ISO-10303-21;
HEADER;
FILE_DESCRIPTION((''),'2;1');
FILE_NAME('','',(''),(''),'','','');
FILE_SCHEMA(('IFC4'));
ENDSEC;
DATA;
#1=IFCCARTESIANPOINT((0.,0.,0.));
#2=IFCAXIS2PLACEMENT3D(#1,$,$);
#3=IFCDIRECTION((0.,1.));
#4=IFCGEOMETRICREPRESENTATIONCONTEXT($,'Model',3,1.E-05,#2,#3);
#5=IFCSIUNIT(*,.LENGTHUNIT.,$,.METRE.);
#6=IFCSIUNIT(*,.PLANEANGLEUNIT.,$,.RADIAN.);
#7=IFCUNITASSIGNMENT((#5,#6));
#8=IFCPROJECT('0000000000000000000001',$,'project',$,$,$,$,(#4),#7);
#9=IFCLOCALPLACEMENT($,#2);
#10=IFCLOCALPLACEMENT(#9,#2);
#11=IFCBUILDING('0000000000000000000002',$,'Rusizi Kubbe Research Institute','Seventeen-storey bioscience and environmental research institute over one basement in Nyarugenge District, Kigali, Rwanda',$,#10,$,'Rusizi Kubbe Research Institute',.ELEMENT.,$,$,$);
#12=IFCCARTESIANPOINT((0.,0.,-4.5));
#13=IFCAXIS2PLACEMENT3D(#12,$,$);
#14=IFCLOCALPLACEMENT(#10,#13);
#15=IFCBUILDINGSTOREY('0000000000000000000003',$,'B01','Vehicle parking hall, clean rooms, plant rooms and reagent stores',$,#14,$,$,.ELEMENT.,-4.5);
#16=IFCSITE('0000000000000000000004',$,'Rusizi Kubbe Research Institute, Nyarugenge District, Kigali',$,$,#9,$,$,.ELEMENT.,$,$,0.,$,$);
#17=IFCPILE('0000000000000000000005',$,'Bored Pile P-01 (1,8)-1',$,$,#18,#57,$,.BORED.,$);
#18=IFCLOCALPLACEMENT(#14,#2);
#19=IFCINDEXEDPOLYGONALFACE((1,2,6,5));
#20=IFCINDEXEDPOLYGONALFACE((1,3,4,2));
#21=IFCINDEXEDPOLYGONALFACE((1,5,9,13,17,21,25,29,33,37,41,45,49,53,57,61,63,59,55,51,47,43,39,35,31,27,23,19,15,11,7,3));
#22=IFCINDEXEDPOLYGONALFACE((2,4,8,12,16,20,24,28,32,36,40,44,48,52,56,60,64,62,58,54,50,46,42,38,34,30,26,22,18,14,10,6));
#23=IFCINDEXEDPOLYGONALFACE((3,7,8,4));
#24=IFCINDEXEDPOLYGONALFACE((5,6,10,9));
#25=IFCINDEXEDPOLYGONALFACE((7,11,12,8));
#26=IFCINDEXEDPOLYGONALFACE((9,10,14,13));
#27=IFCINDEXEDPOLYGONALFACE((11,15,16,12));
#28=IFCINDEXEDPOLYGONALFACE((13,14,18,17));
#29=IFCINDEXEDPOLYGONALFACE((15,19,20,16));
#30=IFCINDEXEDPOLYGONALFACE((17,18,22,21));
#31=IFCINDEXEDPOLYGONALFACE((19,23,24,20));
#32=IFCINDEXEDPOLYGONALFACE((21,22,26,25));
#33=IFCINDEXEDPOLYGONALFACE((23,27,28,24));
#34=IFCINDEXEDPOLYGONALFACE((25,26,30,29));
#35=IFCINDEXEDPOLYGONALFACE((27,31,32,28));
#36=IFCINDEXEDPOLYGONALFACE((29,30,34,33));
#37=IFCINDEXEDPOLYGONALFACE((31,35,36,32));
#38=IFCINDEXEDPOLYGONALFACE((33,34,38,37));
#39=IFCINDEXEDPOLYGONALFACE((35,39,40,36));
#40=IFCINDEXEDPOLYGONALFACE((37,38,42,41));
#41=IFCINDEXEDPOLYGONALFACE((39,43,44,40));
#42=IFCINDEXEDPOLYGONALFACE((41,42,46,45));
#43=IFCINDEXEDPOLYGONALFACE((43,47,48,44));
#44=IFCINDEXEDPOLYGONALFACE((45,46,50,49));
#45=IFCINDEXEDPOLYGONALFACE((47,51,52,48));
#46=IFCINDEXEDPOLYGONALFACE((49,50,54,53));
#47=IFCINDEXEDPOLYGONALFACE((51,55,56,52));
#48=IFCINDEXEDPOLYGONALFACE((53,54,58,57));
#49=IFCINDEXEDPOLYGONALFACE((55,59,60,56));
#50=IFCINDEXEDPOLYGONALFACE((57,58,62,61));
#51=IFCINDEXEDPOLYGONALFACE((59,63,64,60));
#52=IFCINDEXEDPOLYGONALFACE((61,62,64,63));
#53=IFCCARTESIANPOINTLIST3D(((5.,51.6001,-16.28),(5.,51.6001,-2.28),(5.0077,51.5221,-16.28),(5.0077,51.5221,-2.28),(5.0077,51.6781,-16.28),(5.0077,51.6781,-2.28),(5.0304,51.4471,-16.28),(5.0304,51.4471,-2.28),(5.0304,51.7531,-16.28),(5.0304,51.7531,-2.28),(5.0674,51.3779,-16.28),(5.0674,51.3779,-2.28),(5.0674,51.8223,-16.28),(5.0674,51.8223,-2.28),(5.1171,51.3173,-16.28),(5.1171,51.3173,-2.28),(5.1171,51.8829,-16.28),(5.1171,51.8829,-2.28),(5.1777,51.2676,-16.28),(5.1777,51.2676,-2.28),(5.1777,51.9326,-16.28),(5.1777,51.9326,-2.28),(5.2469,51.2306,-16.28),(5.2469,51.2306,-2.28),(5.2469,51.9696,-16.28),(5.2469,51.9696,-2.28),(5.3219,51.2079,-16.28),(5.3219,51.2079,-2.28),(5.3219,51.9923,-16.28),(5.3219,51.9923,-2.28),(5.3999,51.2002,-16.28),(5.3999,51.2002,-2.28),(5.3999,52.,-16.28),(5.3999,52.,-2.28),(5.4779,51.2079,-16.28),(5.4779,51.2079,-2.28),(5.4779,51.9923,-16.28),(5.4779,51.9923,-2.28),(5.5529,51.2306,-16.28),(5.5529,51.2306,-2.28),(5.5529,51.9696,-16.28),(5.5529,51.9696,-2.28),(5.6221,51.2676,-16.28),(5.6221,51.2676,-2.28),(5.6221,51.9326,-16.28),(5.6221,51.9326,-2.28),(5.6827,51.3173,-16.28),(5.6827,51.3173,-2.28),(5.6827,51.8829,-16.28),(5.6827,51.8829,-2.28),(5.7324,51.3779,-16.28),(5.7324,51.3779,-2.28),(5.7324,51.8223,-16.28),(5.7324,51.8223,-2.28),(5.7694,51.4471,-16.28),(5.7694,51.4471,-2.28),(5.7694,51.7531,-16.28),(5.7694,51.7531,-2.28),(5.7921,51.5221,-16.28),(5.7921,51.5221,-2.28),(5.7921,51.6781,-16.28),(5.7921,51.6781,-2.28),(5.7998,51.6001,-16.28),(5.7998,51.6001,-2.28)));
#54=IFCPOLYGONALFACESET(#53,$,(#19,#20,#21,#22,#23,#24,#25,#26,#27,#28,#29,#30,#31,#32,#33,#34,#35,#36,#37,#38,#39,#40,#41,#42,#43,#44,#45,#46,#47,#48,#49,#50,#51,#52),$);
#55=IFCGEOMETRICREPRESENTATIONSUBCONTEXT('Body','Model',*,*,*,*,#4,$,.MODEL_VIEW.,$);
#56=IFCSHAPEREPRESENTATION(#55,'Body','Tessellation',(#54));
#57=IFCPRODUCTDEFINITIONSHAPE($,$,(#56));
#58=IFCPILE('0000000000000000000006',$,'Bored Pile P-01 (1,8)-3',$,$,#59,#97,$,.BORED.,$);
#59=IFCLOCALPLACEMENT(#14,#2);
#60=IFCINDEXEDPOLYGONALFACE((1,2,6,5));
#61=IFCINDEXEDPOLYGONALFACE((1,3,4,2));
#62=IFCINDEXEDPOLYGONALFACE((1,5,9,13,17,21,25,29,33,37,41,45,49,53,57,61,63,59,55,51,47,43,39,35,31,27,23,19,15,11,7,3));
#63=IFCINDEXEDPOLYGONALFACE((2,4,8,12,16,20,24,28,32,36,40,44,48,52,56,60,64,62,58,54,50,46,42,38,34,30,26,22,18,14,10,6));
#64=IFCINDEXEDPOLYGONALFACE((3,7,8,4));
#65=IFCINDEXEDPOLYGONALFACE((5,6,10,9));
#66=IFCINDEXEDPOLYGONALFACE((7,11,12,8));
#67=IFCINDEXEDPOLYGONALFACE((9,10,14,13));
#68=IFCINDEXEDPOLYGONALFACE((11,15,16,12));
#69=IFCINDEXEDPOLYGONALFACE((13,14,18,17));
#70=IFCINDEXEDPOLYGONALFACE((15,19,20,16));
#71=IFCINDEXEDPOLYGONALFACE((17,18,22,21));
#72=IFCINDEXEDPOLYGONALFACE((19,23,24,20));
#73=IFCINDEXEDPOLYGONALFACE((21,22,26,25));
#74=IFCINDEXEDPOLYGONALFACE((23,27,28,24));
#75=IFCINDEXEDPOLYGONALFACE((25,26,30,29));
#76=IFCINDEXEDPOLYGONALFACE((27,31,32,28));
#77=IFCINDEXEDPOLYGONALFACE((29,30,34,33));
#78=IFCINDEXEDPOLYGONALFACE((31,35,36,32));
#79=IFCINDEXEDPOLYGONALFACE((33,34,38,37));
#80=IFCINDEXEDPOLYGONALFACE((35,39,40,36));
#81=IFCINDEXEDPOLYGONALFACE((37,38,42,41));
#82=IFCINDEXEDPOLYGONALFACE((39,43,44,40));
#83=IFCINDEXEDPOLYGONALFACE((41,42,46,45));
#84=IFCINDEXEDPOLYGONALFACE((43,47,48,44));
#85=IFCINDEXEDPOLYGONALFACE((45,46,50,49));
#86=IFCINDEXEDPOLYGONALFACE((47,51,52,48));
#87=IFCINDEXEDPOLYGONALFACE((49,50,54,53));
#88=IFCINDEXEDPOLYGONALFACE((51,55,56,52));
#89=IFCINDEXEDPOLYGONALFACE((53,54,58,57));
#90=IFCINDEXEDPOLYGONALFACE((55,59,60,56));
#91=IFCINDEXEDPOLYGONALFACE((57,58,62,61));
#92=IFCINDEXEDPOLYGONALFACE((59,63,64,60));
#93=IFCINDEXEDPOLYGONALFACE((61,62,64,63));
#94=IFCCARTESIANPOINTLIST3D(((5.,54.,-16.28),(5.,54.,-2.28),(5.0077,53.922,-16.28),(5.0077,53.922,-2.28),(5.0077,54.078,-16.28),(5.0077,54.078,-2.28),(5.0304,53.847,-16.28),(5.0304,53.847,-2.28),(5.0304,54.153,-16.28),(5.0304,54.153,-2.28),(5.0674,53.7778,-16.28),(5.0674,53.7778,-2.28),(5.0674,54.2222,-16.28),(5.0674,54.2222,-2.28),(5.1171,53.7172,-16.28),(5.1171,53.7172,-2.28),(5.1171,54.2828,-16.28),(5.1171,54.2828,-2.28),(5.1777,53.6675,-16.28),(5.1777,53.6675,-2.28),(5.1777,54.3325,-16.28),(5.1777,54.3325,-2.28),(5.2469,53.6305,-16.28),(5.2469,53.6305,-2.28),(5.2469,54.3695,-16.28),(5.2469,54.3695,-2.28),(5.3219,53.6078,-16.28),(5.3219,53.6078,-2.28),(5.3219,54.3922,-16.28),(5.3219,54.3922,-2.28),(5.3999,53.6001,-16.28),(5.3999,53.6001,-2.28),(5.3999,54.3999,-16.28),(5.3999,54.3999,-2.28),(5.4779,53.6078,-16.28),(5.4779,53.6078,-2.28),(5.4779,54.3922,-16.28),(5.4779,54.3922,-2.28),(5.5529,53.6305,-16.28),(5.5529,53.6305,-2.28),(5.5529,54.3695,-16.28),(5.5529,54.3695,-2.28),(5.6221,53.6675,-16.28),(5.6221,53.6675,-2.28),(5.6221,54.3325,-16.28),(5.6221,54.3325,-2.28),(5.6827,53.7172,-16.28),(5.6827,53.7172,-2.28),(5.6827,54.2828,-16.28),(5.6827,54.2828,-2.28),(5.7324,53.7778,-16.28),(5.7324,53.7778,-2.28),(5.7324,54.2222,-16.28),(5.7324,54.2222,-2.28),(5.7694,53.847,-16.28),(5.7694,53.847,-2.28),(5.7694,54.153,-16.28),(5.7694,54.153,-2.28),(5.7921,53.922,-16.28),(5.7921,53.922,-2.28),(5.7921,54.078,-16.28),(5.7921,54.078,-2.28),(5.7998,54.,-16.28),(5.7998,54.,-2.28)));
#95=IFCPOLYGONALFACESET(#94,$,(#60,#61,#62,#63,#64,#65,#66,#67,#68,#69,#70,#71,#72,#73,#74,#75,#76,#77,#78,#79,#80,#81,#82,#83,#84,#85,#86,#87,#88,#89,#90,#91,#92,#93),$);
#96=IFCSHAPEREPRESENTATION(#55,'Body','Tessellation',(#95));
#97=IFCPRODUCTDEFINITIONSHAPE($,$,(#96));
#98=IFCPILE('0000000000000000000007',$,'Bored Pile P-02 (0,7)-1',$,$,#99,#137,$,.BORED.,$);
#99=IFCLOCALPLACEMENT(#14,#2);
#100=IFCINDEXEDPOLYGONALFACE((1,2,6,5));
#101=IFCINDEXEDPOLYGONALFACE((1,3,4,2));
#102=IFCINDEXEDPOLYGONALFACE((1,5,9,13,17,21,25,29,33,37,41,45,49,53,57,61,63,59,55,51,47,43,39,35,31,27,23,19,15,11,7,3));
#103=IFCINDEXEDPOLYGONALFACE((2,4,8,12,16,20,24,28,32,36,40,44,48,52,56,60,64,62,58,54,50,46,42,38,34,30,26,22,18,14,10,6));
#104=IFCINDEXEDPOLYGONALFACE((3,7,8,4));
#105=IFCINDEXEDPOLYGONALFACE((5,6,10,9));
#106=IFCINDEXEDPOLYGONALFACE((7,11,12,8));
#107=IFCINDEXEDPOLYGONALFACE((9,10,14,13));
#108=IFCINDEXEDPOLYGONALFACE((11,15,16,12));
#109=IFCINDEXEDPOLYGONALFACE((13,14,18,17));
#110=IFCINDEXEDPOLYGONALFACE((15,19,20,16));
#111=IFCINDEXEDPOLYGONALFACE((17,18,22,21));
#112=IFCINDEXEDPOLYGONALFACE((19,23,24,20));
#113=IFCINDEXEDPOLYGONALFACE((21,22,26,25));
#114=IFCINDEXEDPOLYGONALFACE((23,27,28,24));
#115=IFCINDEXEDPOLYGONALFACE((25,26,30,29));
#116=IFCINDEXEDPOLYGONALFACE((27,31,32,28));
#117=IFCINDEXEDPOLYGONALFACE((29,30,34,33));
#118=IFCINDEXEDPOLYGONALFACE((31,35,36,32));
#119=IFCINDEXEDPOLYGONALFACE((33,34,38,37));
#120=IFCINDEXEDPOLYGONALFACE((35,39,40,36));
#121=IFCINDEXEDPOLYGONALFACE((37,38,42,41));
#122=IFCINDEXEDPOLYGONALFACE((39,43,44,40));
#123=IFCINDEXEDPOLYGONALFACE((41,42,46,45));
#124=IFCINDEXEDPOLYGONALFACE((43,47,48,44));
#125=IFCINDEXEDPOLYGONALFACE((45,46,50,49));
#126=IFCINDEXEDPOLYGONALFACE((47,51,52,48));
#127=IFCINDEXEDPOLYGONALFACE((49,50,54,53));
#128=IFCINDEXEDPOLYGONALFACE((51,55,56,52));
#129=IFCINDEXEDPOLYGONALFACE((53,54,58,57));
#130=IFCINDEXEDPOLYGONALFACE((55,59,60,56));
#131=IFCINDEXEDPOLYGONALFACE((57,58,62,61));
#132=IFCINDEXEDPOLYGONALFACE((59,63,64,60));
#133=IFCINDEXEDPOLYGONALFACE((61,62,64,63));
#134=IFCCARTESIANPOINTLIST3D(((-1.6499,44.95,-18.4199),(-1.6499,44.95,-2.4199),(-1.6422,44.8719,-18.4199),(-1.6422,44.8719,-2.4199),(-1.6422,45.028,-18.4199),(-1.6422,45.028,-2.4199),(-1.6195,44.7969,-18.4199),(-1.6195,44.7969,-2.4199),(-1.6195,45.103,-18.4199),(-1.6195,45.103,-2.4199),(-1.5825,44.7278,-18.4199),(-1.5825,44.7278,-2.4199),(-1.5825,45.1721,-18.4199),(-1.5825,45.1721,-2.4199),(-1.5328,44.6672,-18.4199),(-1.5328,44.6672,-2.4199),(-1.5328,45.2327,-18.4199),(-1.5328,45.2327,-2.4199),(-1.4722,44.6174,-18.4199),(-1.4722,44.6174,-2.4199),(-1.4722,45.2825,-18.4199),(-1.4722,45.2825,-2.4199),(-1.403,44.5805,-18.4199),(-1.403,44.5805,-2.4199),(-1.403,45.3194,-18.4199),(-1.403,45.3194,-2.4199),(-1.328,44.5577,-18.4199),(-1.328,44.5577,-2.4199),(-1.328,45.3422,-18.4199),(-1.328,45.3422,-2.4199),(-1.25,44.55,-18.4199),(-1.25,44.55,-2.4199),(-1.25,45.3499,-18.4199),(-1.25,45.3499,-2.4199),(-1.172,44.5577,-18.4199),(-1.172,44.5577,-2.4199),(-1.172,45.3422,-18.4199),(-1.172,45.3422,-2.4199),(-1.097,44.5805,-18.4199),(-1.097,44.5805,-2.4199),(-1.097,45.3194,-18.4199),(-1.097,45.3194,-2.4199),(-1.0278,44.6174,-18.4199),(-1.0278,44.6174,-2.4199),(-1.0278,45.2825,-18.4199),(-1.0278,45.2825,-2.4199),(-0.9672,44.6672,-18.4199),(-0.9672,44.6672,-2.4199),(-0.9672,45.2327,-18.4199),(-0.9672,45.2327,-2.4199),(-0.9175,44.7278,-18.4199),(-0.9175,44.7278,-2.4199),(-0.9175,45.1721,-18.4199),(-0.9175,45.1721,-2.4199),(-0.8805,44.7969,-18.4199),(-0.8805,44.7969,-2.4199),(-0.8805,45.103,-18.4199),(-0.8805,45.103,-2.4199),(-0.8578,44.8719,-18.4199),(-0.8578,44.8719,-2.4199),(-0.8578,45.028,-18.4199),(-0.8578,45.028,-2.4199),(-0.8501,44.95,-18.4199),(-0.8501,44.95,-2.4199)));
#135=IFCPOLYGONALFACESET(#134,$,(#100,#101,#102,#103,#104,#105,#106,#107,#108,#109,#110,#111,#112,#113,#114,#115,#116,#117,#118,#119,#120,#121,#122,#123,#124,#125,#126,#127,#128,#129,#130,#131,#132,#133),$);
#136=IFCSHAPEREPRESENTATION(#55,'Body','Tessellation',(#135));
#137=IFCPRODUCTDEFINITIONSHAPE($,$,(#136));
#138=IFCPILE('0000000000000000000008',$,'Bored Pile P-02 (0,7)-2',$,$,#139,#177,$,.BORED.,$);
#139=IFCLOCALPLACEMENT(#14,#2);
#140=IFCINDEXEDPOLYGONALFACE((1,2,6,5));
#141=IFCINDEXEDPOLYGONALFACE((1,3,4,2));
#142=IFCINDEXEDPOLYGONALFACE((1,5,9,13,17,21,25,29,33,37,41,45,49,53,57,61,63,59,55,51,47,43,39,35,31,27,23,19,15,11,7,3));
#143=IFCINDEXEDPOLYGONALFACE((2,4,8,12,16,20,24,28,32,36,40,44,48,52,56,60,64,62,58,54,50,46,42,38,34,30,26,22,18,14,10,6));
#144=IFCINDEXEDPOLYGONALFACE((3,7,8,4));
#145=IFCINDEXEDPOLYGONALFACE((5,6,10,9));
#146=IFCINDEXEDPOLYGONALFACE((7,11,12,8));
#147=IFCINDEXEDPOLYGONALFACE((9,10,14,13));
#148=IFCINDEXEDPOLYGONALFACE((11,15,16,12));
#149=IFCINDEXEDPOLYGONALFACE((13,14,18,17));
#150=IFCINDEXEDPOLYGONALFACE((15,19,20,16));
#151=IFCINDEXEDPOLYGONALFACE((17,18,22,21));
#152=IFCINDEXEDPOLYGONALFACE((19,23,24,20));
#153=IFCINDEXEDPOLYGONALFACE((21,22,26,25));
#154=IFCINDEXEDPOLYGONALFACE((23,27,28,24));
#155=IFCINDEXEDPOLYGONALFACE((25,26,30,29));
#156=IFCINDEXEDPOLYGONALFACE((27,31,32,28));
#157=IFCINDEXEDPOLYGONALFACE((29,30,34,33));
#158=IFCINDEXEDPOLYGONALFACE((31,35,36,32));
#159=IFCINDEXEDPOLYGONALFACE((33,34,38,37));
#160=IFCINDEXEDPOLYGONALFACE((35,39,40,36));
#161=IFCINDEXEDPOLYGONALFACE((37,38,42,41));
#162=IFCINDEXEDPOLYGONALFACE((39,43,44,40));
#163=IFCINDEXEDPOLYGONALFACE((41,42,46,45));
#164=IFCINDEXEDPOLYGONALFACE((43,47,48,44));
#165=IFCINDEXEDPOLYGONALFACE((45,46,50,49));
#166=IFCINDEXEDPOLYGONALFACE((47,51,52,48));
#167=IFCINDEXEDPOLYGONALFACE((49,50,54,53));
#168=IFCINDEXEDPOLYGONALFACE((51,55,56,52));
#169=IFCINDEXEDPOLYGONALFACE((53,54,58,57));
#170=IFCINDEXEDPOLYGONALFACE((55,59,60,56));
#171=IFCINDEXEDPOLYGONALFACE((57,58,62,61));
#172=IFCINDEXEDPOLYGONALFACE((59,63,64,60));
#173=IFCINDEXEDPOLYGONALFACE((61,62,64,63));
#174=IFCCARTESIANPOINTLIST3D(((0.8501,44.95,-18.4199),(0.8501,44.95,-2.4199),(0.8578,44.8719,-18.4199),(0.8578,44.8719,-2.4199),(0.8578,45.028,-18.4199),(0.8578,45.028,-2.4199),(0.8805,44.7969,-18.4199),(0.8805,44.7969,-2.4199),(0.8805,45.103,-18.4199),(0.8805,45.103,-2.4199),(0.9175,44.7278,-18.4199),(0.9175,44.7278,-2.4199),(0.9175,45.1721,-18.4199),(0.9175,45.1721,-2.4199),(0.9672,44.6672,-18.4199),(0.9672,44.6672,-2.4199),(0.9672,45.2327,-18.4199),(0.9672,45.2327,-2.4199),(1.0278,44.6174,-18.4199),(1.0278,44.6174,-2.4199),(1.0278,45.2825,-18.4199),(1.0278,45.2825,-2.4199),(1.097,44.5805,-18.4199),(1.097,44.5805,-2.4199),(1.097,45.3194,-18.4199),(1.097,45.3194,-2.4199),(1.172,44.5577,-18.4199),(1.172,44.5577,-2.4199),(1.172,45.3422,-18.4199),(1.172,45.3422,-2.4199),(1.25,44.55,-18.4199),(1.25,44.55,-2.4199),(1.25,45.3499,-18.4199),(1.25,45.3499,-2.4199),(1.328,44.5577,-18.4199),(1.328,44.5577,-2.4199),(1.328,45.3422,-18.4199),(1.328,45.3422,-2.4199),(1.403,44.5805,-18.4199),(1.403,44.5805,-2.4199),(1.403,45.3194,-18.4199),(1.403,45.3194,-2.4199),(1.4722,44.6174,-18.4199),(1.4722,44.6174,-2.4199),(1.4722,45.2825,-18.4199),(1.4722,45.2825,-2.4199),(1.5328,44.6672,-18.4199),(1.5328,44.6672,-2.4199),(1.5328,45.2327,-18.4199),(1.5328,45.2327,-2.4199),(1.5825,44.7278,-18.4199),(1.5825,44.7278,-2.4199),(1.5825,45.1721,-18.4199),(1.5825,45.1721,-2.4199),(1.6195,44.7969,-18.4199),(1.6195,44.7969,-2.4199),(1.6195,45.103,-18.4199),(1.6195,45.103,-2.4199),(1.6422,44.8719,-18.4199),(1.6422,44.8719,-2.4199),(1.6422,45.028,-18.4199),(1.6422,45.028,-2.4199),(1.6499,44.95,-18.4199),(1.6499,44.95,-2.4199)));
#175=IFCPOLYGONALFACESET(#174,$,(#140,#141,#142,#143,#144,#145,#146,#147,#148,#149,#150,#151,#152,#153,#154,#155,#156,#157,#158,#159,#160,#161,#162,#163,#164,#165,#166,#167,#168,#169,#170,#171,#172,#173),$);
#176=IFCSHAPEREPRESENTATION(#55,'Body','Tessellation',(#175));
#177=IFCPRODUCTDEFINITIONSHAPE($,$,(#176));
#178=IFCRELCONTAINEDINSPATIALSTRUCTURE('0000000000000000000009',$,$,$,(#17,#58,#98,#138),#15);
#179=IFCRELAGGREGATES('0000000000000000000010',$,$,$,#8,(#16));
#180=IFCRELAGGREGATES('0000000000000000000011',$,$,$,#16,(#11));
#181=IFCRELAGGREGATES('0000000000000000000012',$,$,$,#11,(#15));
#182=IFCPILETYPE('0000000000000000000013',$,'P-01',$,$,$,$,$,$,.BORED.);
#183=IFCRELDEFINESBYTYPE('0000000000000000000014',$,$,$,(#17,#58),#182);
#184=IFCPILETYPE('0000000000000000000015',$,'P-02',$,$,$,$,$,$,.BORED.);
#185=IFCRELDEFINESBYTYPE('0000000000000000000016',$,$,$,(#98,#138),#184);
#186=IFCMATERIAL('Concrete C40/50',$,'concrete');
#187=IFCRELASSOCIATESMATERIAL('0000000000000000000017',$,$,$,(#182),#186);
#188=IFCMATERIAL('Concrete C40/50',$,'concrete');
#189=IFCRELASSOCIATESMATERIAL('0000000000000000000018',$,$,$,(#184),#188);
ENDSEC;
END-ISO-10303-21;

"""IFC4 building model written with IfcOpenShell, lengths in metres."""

from ifc_helpers import new_model, si_unit, direction, frame, origin, origin_2d, place, context, subcontext, project, spatial, circle, extrude, material, material_profile, profile_set, type_object, element, save


model = new_model("IFC4")

# Units and contexts
model_context = context("Model", 3, precision=1e-05, world=origin(), true_north=direction((0.0, 1.0)))
body_context = subcontext(model_context, "Body", "Model", "MODEL_VIEW")
ifc_project = project(units=[si_unit("LENGTHUNIT", "METRE"), si_unit("PLANEANGLEUNIT", "RADIAN")], contexts=[model_context])

# Site, building, storey
site_placement = place(None, origin())
site = spatial("IfcSite", under=ifc_project, at=site_placement, Name="Rusizi Kubbe Research Institute, Nyarugenge District, Kigali", CompositionType="ELEMENT", RefElevation=0.0)
building_placement = place(site_placement, origin())
building = spatial("IfcBuilding", under=site, at=building_placement, Name="Rusizi Kubbe Research Institute", Description="Seventeen-storey bioscience and environmental research institute over one basement in Nyarugenge District, Kigali, Rwanda", LongName="Rusizi Kubbe Research Institute", CompositionType="ELEMENT")
storey_placement = place(building_placement, frame((0.0, 0.0, -4.5)))
storey = spatial("IfcBuildingStorey", under=building, at=storey_placement, Name="B01", Description="Vehicle parking hall, clean rooms, plant rooms and reagent stores", CompositionType="ELEMENT", Elevation=-4.5)

# Piles
ifc_material_1 = material(Name="Concrete C40/50", Category="concrete")
ifc_material_profile_1 = material_profile(ifc_material_1, circle(Radius=0.3999, at=origin_2d()), Name="PILE-D800")
ifc_profile_set_1 = profile_set([ifc_material_profile_1], Name="Concrete C40/50")
pile_type_1 = type_object("IfcPileType", Name="P-01", PredefinedType="BORED", material=ifc_profile_set_1)
for number, where, z_axis, x_axis, name in (
    (1, (5.3999, 51.6001, -2.28), (0.0, 0.0, -1.0), (1.0, 0.0, 0.0), "Bored Pile P-01 (1,8)-1"),
    (2, (5.3999, 54.0, -2.28), (0.0, 0.0, -1.0), (1.0, 0.0, 0.0), "Bored Pile P-01 (1,8)-3"),
):
    element("IfcPile", number, at=place(storey_placement, frame(where, z_axis=z_axis, x_axis=x_axis)), inside=storey, type_object=pile_type_1, Name=name, PredefinedType="BORED", context=body_context, shape_type="SweptSolid", body=[
        extrude(circle(Radius=0.3999, at=origin_2d()), origin(), (0.0, 0.0, 1.0), 14.0),
    ])
ifc_material_2 = material(Name="Concrete C40/50", Category="concrete")
ifc_material_profile_2 = material_profile(ifc_material_2, circle(Radius=0.3999, at=origin_2d()), Name="PILE-D800")
ifc_profile_set_2 = profile_set([ifc_material_profile_2], Name="Concrete C40/50")
pile_type_2 = type_object("IfcPileType", Name="P-02", PredefinedType="BORED", material=ifc_profile_set_2)
for number, where, z_axis, x_axis, name in (
    (3, (-1.25, 44.95, -2.4199), (0.0, 0.0, -1.0), (1.0, 0.0, 0.0), "Bored Pile P-02 (0,7)-1"),
    (4, (1.25, 44.95, -2.4199), (0.0, 0.0, -1.0), (1.0, 0.0, 0.0), "Bored Pile P-02 (0,7)-2"),
):
    element("IfcPile", number, at=place(storey_placement, frame(where, z_axis=z_axis, x_axis=x_axis)), inside=storey, type_object=pile_type_2, Name=name, PredefinedType="BORED", context=body_context, shape_type="SweptSolid", body=[
        extrude(circle(Radius=0.3999, at=origin_2d()), origin(), (0.0, 0.0, 1.0), 16.0),
    ])

save(model, "model.ifc")
